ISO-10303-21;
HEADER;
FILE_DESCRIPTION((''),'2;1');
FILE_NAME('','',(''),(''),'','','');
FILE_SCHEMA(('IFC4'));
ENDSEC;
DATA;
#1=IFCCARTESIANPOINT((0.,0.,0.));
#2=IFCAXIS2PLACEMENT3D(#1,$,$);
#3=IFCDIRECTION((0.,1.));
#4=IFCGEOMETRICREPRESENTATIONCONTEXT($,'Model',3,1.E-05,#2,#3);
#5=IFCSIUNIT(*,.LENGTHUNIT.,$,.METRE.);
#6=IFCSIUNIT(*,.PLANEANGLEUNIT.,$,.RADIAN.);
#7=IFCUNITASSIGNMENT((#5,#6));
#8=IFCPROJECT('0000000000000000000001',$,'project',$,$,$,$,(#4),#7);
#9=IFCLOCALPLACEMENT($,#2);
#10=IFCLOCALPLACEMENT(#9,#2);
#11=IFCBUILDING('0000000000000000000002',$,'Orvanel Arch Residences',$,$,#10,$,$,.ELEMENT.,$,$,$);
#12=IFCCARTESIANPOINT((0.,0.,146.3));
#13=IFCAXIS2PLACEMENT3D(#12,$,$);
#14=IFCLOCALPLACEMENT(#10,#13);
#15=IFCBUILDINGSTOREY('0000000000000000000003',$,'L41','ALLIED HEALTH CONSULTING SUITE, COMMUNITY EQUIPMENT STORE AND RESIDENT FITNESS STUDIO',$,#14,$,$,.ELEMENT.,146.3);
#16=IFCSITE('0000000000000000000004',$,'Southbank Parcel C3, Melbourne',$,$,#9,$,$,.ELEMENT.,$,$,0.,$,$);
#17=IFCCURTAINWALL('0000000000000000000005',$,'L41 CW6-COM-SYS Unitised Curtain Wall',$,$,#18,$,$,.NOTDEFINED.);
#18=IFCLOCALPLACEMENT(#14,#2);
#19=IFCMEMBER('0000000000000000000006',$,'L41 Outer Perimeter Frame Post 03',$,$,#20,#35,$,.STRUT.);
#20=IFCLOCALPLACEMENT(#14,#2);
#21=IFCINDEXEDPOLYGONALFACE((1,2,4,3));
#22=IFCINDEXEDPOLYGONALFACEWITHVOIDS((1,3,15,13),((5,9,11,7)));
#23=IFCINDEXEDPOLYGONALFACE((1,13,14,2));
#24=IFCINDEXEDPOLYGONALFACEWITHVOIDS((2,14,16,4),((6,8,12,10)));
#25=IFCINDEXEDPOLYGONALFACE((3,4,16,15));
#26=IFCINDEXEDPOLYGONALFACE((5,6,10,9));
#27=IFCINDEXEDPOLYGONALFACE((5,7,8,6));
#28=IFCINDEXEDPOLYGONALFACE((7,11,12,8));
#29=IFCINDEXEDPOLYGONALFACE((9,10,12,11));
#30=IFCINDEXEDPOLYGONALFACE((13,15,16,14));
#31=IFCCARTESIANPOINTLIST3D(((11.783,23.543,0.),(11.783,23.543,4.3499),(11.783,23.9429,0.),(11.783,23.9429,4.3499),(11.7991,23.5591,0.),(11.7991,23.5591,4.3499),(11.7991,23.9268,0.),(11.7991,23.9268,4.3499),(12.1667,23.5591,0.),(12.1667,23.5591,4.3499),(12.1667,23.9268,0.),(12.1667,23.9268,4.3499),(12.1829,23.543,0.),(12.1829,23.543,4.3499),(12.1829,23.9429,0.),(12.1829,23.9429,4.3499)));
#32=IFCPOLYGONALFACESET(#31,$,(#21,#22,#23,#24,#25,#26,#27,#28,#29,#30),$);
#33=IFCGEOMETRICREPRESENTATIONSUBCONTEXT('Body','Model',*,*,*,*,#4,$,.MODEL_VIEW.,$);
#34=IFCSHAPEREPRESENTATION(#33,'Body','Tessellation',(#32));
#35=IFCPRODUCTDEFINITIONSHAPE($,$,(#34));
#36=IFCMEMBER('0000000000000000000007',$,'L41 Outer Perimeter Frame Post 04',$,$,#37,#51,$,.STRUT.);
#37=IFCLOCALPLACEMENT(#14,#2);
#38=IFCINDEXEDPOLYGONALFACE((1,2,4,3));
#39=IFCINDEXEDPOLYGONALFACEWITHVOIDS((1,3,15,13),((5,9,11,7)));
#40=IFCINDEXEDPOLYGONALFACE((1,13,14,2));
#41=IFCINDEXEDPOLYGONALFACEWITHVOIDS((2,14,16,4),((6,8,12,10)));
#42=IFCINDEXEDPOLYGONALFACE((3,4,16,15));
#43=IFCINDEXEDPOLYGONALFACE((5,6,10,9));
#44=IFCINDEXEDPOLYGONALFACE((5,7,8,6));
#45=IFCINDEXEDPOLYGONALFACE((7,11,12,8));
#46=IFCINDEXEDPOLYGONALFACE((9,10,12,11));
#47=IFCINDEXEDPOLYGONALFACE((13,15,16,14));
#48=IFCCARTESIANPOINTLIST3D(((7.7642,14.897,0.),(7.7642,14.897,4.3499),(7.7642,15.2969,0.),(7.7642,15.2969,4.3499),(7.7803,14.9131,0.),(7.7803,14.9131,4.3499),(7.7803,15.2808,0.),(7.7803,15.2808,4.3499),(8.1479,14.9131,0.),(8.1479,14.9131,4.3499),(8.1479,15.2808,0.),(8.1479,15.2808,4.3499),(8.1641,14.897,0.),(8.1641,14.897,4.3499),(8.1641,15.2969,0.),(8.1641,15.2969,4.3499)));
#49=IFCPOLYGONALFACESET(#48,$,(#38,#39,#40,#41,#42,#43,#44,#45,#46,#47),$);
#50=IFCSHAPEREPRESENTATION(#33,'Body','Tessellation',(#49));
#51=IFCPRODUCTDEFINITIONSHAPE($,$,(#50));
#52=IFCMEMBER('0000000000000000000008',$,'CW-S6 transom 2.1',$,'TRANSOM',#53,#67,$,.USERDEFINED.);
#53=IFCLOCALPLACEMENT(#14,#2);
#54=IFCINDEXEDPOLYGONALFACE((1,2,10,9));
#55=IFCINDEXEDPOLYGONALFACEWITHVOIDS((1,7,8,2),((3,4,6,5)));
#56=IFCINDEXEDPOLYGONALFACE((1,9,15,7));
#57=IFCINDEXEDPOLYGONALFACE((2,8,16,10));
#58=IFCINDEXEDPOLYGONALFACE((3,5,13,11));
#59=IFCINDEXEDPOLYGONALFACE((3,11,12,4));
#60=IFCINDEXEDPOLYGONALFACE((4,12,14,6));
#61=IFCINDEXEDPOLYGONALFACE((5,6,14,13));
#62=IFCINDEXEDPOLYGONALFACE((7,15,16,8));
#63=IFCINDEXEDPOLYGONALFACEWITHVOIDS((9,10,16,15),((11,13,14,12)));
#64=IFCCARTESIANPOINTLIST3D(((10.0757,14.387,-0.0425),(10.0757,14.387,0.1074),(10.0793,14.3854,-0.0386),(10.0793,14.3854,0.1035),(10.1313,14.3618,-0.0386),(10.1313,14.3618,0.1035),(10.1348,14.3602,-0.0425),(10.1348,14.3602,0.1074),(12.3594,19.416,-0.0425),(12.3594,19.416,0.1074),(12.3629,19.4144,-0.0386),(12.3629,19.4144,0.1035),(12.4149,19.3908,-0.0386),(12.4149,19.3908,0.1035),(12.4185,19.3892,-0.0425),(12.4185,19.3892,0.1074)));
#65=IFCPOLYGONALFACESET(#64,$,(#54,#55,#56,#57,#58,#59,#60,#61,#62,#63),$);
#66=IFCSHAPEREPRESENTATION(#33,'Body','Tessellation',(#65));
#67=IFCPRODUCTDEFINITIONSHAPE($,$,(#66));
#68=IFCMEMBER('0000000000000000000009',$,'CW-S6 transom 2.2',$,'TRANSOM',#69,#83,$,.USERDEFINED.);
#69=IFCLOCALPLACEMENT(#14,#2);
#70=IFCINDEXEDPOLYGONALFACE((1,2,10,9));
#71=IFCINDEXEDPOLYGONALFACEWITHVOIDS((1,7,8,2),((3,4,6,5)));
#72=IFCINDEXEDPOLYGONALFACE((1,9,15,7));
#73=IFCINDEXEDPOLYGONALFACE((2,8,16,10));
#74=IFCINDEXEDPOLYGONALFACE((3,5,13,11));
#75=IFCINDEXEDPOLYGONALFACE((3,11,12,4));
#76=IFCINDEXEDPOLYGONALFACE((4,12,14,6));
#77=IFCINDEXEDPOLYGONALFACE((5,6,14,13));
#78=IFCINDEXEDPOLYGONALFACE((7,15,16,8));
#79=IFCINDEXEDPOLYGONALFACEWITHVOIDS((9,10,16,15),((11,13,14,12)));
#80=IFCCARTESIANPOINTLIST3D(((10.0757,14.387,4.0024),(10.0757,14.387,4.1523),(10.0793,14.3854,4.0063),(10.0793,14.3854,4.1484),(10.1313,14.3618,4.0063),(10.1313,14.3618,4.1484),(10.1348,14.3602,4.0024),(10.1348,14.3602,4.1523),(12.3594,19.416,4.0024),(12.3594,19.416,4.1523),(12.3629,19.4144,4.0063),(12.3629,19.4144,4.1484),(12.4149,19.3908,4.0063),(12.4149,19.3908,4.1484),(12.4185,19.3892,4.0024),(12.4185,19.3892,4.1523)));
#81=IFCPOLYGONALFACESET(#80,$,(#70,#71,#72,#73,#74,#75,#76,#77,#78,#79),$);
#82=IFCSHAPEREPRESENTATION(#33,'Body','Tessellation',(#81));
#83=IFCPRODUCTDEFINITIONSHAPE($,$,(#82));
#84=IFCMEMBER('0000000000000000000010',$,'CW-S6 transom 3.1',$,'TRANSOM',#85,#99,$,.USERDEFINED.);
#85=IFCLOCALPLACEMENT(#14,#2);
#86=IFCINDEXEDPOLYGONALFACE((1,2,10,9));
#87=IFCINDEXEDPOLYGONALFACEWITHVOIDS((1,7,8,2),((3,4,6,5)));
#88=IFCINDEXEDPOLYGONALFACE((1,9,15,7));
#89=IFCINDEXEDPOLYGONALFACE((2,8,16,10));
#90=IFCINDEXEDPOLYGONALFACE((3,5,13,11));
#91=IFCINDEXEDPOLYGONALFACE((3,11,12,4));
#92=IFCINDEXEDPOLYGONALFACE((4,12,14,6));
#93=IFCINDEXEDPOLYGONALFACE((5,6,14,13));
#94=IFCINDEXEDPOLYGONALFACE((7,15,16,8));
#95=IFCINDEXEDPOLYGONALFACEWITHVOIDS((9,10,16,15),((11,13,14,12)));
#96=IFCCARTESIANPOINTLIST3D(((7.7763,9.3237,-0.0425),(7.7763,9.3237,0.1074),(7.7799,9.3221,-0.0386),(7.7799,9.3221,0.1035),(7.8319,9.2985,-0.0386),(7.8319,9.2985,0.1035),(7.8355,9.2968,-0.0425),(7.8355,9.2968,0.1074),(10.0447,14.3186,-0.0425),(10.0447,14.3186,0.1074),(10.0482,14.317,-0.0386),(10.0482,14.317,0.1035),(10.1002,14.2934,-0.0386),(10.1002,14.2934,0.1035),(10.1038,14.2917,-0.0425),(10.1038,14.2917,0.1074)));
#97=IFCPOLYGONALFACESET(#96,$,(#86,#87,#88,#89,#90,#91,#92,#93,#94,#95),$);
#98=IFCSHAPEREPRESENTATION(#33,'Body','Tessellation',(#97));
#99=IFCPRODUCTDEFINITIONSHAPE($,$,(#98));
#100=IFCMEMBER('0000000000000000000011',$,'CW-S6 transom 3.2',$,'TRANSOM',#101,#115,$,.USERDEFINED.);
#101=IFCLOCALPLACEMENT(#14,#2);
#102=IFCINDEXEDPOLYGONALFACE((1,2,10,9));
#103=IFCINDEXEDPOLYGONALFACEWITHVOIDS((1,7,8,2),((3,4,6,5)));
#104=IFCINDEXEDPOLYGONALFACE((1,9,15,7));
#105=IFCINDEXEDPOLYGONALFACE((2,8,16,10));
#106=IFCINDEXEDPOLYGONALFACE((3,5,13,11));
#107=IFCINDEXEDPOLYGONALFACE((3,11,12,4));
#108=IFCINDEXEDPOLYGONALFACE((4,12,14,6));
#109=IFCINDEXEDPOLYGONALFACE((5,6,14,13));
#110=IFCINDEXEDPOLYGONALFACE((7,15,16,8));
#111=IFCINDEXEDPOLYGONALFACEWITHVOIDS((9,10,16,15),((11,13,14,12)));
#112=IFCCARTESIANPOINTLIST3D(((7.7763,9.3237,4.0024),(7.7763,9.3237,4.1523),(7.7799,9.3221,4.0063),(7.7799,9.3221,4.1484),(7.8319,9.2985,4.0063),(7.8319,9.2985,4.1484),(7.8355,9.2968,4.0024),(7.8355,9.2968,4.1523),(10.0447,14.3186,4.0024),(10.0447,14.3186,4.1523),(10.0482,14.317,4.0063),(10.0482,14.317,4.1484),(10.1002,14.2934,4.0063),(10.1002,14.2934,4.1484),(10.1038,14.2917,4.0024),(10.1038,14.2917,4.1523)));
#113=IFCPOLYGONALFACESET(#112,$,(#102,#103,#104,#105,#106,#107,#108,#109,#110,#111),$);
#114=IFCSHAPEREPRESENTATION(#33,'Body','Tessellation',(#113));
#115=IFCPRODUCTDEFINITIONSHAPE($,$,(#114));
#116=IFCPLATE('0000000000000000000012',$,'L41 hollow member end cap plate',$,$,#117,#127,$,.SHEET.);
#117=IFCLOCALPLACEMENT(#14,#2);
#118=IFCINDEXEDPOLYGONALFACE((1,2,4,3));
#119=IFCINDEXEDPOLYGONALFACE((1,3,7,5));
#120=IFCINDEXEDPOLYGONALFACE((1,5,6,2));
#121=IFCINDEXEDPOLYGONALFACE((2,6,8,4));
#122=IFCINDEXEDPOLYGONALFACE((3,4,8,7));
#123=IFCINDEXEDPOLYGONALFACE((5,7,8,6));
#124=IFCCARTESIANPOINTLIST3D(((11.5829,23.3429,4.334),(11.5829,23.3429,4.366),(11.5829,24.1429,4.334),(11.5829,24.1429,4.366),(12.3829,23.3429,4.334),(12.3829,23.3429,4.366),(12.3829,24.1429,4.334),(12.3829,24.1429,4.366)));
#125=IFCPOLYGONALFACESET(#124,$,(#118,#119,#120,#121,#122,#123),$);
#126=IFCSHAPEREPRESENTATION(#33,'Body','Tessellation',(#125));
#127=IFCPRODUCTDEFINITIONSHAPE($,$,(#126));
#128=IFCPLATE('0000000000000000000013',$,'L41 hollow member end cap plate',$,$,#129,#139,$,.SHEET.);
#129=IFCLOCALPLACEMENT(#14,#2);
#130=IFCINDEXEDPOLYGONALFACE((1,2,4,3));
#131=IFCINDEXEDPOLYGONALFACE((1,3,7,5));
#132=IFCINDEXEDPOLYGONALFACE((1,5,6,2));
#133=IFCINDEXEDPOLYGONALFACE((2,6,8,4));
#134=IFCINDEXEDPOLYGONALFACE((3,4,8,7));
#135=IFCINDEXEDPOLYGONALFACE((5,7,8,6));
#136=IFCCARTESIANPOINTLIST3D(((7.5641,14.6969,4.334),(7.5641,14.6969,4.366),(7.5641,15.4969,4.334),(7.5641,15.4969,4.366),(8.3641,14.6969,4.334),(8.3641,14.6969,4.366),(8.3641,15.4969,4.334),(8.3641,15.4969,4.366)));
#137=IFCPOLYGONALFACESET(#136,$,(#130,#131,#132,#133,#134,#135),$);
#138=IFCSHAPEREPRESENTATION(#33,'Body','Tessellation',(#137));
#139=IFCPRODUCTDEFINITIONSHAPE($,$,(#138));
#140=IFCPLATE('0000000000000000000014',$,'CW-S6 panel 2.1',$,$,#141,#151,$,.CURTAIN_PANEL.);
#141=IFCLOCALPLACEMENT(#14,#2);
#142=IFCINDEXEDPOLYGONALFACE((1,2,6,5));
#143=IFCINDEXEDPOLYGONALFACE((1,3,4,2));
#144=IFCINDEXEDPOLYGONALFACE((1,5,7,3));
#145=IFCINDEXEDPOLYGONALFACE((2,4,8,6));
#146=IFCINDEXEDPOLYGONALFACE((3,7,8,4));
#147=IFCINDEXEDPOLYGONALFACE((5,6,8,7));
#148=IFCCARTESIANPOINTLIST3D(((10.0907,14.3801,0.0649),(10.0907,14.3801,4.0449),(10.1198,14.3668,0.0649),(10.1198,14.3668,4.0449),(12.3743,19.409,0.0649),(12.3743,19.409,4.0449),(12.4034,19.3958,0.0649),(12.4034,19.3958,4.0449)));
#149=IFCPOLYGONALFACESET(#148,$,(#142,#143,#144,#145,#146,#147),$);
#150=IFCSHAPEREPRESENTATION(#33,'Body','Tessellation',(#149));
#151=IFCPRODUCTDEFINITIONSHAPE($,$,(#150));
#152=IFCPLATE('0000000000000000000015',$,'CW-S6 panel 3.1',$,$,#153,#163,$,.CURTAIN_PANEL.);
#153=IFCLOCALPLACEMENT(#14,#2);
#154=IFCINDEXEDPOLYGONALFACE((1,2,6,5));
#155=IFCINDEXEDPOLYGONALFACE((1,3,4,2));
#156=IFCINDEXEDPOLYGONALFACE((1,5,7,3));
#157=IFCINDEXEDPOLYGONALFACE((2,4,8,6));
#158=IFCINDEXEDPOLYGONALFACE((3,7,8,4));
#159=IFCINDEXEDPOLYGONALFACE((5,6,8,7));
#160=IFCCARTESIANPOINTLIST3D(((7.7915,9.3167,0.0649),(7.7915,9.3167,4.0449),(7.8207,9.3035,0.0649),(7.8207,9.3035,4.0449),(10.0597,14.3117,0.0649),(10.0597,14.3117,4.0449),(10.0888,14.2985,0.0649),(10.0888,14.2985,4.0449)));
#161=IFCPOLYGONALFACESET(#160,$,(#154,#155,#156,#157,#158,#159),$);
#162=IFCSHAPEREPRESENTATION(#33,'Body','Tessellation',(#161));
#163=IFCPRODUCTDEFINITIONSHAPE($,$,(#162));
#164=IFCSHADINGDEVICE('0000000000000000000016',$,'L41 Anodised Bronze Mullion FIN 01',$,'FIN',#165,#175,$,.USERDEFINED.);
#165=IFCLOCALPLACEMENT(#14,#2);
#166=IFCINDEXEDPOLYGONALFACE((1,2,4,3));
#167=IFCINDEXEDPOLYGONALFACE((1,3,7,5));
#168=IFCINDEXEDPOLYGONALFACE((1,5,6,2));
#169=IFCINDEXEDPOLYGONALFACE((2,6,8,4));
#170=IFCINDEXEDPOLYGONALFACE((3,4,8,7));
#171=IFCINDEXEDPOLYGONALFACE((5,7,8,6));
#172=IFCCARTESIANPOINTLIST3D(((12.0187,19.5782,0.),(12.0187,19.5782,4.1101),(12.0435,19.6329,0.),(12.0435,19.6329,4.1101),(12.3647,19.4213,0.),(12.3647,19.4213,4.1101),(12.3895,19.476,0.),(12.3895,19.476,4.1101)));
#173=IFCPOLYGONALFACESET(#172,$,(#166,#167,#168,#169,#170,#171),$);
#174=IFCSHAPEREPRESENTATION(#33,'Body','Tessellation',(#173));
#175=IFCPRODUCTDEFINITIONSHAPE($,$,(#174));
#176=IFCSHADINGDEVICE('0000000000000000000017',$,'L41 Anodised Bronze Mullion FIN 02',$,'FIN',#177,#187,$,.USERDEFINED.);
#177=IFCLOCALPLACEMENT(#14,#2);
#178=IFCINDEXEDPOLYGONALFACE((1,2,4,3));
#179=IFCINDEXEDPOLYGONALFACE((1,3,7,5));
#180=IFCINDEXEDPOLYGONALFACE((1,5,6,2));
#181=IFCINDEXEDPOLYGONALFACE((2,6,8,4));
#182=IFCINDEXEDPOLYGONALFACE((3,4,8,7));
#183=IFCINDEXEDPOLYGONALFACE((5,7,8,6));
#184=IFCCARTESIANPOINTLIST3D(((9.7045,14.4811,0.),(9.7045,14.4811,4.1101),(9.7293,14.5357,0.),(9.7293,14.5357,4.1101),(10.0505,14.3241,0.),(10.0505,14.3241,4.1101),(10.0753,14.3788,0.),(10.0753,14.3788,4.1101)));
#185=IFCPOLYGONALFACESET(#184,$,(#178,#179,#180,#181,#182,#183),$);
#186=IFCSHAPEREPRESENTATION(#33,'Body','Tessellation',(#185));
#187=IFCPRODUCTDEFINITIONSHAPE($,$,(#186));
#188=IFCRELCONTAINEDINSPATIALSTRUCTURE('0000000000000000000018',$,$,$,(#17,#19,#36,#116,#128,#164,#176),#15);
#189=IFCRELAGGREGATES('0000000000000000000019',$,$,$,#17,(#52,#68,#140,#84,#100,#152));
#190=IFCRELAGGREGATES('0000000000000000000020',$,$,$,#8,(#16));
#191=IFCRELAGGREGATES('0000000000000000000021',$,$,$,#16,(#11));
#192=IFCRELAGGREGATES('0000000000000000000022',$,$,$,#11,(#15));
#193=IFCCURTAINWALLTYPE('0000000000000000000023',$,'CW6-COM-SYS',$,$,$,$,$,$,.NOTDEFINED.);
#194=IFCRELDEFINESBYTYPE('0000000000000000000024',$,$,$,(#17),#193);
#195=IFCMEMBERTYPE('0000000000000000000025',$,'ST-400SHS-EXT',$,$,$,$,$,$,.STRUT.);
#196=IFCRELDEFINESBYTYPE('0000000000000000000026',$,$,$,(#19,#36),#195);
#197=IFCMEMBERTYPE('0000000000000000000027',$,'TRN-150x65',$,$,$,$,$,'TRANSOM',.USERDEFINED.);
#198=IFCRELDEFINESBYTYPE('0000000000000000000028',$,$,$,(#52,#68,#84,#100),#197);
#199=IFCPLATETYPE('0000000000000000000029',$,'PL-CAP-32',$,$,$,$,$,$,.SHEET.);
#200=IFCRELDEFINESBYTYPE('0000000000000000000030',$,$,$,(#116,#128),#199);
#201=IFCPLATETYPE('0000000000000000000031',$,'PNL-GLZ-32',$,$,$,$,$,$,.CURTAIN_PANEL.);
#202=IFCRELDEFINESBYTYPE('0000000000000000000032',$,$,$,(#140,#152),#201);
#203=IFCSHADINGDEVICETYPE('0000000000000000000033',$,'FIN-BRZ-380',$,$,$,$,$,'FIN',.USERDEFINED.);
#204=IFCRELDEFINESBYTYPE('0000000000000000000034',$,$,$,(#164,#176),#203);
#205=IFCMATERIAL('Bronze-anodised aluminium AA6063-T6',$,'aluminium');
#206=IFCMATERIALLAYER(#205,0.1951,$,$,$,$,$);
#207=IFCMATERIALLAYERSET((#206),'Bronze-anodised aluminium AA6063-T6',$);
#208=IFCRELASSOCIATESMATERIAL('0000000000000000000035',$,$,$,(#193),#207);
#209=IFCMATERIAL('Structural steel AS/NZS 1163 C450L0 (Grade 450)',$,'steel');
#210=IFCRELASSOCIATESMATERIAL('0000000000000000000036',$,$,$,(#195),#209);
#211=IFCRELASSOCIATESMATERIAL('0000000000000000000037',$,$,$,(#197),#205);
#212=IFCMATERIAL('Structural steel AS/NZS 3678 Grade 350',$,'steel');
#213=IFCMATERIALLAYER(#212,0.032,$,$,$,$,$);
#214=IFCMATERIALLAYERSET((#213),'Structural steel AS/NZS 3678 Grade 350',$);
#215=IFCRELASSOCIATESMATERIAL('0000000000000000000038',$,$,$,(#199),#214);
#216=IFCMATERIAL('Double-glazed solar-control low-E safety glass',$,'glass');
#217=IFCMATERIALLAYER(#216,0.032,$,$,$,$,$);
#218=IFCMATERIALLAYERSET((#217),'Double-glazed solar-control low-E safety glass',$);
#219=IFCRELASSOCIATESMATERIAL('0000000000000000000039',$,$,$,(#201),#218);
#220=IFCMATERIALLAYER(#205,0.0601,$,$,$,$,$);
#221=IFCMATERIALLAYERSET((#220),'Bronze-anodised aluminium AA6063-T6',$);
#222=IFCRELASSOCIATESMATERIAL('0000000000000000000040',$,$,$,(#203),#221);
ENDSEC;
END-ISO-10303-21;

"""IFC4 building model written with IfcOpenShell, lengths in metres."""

from ifc_helpers import new_model, si_unit, direction, frame, origin, origin_2d, place, context, subcontext, project, spatial, rectangle, hollow_rectangle, extrude, material, layer, layer_set, material_profile, profile_set, type_object, element, aggregate, save


model = new_model("IFC4")

# Units and contexts
model_context = context("Model", 3, precision=1e-05, world=origin(), true_north=direction((0.0, 1.0)))
body_context = subcontext(model_context, "Body", "Model", "MODEL_VIEW")
ifc_project = project(units=[si_unit("LENGTHUNIT", "METRE"), si_unit("PLANEANGLEUNIT", "RADIAN")], contexts=[model_context])

# Site, building, storey
site_placement = place(None, origin())
site = spatial("IfcSite", under=ifc_project, at=site_placement, Name="Southbank Parcel C3, Melbourne", CompositionType="ELEMENT", RefElevation=0.0)
building_placement = place(site_placement, origin())
building = spatial("IfcBuilding", under=site, at=building_placement, Name="Orvanel Arch Residences", CompositionType="ELEMENT")
storey_placement = place(building_placement, frame((0.0, 0.0, 146.3)))
storey = spatial("IfcBuildingStorey", under=building, at=storey_placement, Name="L41", Description="ALLIED HEALTH CONSULTING SUITE, COMMUNITY EQUIPMENT STORE AND RESIDENT FITNESS STUDIO", CompositionType="ELEMENT", Elevation=146.3)

# Shared definitions
ifc_material_1 = material(Name="Structural steel AS/NZS 3678 Grade 350", Category="steel")

# Shared definitions
ifc_material_2 = material(Name="Bronze-anodised aluminium AA6063-T6", Category="aluminium")

# Curtain wall
ifc_layer_1 = layer(ifc_material_2, 0.1951)
ifc_layer_set_1 = layer_set([ifc_layer_1], Name="Bronze-anodised aluminium AA6063-T6")
curtain_wall_type_1 = type_object("IfcCurtainWallType", Name="CW6-COM-SYS", PredefinedType="NOTDEFINED", material=ifc_layer_set_1)
curtain_wall_1_placement = place(storey_placement, origin())
curtain_wall_1 = element("IfcCurtainWall", 1, at=curtain_wall_1_placement, inside=storey, type_object=curtain_wall_type_1, Name="L41 CW6-COM-SYS Unitised Curtain Wall", PredefinedType="NOTDEFINED")

# Members
ifc_material_3 = material(Name="Structural steel AS/NZS 1163 C450L0 (Grade 450)", Category="steel")
ifc_material_profile_1 = material_profile(ifc_material_3, hollow_rectangle(XDim=0.3999, YDim=0.3999, WallThickness=0.0161, at=origin_2d()), Name="SHS400x400x16")
ifc_profile_set_1 = profile_set([ifc_material_profile_1], Name="Structural steel AS/NZS 1163 C450L0 (Grade 450)")
member_type_1 = type_object("IfcMemberType", Name="ST-400SHS-EXT", PredefinedType="STRUT", material=ifc_profile_set_1)
for number, where, z_axis, x_axis, name in (
    (2, (11.9829, 23.7429, 0.0), (0.0, 0.0, 1.0), (1.0, 0.0, 0.0), "L41 Outer Perimeter Frame Post 03"),
    (3, (7.9641, 15.0969, 0.0), (0.0, 0.0, 1.0), (1.0, 0.0, 0.0), "L41 Outer Perimeter Frame Post 04"),
):
    element("IfcMember", number, at=place(storey_placement, frame(where, z_axis=z_axis, x_axis=x_axis)), inside=storey, type_object=member_type_1, Name=name, PredefinedType="STRUT", context=body_context, shape_type="SweptSolid", body=[
        extrude(hollow_rectangle(XDim=0.3999, YDim=0.3999, WallThickness=0.0161, at=origin_2d()), origin(), (0.0, 0.0, 1.0), 4.3499),
    ])

# Members
ifc_material_profile_2 = material_profile(ifc_material_2, hollow_rectangle(XDim=0.0649, YDim=0.1499, WallThickness=0.0039, at=origin_2d()), Name="ALU150x65x4")
ifc_profile_set_2 = profile_set([ifc_material_profile_2], Name="Bronze-anodised aluminium AA6063-T6")
member_type_2 = type_object("IfcMemberType", Name="TRN-150x65", ElementType="TRANSOM", PredefinedType="USERDEFINED", material=ifc_profile_set_2)
member_1_placement = place(storey_placement, frame((12.3889, 19.4026, 0.0325), z_axis=(-0.413467, -0.910519, 0.0), x_axis=(0.910519, -0.413467, 0.0)))
member_1 = element("IfcMember", 4, at=member_1_placement, type_object=member_type_2, Name="CW-S6 transom 2.1", ObjectType="TRANSOM", PredefinedType="USERDEFINED", context=body_context, shape_type="SweptSolid", body=[
    extrude(hollow_rectangle(XDim=0.0649, YDim=0.1499, WallThickness=0.0039, at=origin_2d()), origin(), (0.0, 0.0, 1.0), 5.5232),
])
member_2_placement = place(storey_placement, frame((12.3889, 19.4026, 4.0774), z_axis=(-0.413467, -0.910519, 0.0), x_axis=(0.910519, -0.413467, 0.0)))
member_2 = element("IfcMember", 5, at=member_2_placement, type_object=member_type_2, Name="CW-S6 transom 2.2", ObjectType="TRANSOM", PredefinedType="USERDEFINED", context=body_context, shape_type="SweptSolid", body=[
    extrude(hollow_rectangle(XDim=0.0649, YDim=0.1499, WallThickness=0.0039, at=origin_2d()), origin(), (0.0, 0.0, 1.0), 5.5232),
])
member_3_placement = place(storey_placement, frame((10.0742, 14.3052, 0.0325), z_axis=(-0.413488, -0.91051, 0.0), x_axis=(0.91051, -0.413488, 0.0)))
member_3 = element("IfcMember", 6, at=member_3_placement, type_object=member_type_2, Name="CW-S6 transom 3.1", ObjectType="TRANSOM", PredefinedType="USERDEFINED", context=body_context, shape_type="SweptSolid", body=[
    extrude(hollow_rectangle(XDim=0.0649, YDim=0.1499, WallThickness=0.0039, at=origin_2d()), origin(), (0.0, 0.0, 1.0), 5.4858),
])
member_4_placement = place(storey_placement, frame((10.0742, 14.3052, 4.0774), z_axis=(-0.413488, -0.91051, 0.0), x_axis=(0.91051, -0.413488, 0.0)))
member_4 = element("IfcMember", 7, at=member_4_placement, type_object=member_type_2, Name="CW-S6 transom 3.2", ObjectType="TRANSOM", PredefinedType="USERDEFINED", context=body_context, shape_type="SweptSolid", body=[
    extrude(hollow_rectangle(XDim=0.0649, YDim=0.1499, WallThickness=0.0039, at=origin_2d()), origin(), (0.0, 0.0, 1.0), 5.4858),
])

# Plates
ifc_layer_2 = layer(ifc_material_1, 0.032)
ifc_layer_set_2 = layer_set([ifc_layer_2], Name="Structural steel AS/NZS 3678 Grade 350")
plate_type_1 = type_object("IfcPlateType", Name="PL-CAP-32", PredefinedType="SHEET", material=ifc_layer_set_2)
for number, where, z_axis, x_axis, name in (
    (8, (11.9829, 23.7429, 4.334), (0.0, 0.0, 1.0), (1.0, 0.0, 0.0), "L41 hollow member end cap plate"),
    (9, (7.9641, 15.0969, 4.334), (0.0, 0.0, 1.0), (1.0, 0.0, 0.0), "L41 hollow member end cap plate"),
):
    element("IfcPlate", number, at=place(storey_placement, frame(where, z_axis=z_axis, x_axis=x_axis)), inside=storey, type_object=plate_type_1, Name=name, PredefinedType="SHEET", context=body_context, shape_type="SweptSolid", body=[
        extrude(rectangle(XDim=0.8, YDim=0.8, at=origin_2d()), origin(), (0.0, 0.0, 1.0), 0.032),
    ])

# Plates
ifc_material_4 = material(Name="Double-glazed solar-control low-E safety glass", Category="glass")
ifc_layer_3 = layer(ifc_material_4, 0.032)
ifc_layer_set_3 = layer_set([ifc_layer_3], Name="Double-glazed solar-control low-E safety glass")
plate_type_2 = type_object("IfcPlateType", Name="PNL-GLZ-32", PredefinedType="CURTAIN_PANEL", material=ifc_layer_set_3)
plate_1_placement = place(storey_placement, frame((11.2471, 16.8879, 0.0649), z_axis=(0.0, 0.0, 1.0), x_axis=(-0.413462, -0.910521, 0.0)))
plate_1 = element("IfcPlate", 10, at=plate_1_placement, type_object=plate_type_2, Name="CW-S6 panel 2.1", PredefinedType="CURTAIN_PANEL", context=body_context, shape_type="SweptSolid", body=[
    extrude(rectangle(XDim=5.5232, YDim=0.032, at=origin_2d()), origin(), (0.0, 0.0, 1.0), 3.98),
])
plate_2_placement = place(storey_placement, frame((8.9402, 11.8076, 0.0649), z_axis=(0.0, 0.0, 1.0), x_axis=(-0.413462, -0.910521, 0.0)))
plate_2 = element("IfcPlate", 11, at=plate_2_placement, type_object=plate_type_2, Name="CW-S6 panel 3.1", PredefinedType="CURTAIN_PANEL", context=body_context, shape_type="SweptSolid", body=[
    extrude(rectangle(XDim=5.4858, YDim=0.032, at=origin_2d()), origin(), (0.0, 0.0, 1.0), 3.98),
])
aggregate(curtain_wall_1, [member_1, member_2, plate_1, member_3, member_4, plate_2])

# Shading devices
ifc_layer_4 = layer(ifc_material_2, 0.0601)
ifc_layer_set_4 = layer_set([ifc_layer_4], Name="Bronze-anodised aluminium AA6063-T6")
shading_device_type = type_object("IfcShadingDeviceType", Name="FIN-BRZ-380", ElementType="FIN", PredefinedType="USERDEFINED", material=ifc_layer_set_4)
for number, where, z_axis, x_axis, name in (
    (12, (12.2041, 19.5271, 0.0), (0.0, 0.0, 1.0), (-0.910684, 0.413104, 0.0), "L41 Anodised Bronze Mullion FIN 01"),
    (13, (9.8899, 14.4299, 0.0), (0.0, 0.0, 1.0), (-0.910684, 0.413104, 0.0), "L41 Anodised Bronze Mullion FIN 02"),
):
    element("IfcShadingDevice", number, at=place(storey_placement, frame(where, z_axis=z_axis, x_axis=x_axis)), inside=storey, type_object=shading_device_type, Name=name, ObjectType="FIN", PredefinedType="USERDEFINED", context=body_context, shape_type="SweptSolid", body=[
        extrude(rectangle(XDim=0.3799, YDim=0.0601, at=origin_2d()), origin(), (0.0, 0.0, 1.0), 4.1101),
    ])

save(model, "model.ifc")
